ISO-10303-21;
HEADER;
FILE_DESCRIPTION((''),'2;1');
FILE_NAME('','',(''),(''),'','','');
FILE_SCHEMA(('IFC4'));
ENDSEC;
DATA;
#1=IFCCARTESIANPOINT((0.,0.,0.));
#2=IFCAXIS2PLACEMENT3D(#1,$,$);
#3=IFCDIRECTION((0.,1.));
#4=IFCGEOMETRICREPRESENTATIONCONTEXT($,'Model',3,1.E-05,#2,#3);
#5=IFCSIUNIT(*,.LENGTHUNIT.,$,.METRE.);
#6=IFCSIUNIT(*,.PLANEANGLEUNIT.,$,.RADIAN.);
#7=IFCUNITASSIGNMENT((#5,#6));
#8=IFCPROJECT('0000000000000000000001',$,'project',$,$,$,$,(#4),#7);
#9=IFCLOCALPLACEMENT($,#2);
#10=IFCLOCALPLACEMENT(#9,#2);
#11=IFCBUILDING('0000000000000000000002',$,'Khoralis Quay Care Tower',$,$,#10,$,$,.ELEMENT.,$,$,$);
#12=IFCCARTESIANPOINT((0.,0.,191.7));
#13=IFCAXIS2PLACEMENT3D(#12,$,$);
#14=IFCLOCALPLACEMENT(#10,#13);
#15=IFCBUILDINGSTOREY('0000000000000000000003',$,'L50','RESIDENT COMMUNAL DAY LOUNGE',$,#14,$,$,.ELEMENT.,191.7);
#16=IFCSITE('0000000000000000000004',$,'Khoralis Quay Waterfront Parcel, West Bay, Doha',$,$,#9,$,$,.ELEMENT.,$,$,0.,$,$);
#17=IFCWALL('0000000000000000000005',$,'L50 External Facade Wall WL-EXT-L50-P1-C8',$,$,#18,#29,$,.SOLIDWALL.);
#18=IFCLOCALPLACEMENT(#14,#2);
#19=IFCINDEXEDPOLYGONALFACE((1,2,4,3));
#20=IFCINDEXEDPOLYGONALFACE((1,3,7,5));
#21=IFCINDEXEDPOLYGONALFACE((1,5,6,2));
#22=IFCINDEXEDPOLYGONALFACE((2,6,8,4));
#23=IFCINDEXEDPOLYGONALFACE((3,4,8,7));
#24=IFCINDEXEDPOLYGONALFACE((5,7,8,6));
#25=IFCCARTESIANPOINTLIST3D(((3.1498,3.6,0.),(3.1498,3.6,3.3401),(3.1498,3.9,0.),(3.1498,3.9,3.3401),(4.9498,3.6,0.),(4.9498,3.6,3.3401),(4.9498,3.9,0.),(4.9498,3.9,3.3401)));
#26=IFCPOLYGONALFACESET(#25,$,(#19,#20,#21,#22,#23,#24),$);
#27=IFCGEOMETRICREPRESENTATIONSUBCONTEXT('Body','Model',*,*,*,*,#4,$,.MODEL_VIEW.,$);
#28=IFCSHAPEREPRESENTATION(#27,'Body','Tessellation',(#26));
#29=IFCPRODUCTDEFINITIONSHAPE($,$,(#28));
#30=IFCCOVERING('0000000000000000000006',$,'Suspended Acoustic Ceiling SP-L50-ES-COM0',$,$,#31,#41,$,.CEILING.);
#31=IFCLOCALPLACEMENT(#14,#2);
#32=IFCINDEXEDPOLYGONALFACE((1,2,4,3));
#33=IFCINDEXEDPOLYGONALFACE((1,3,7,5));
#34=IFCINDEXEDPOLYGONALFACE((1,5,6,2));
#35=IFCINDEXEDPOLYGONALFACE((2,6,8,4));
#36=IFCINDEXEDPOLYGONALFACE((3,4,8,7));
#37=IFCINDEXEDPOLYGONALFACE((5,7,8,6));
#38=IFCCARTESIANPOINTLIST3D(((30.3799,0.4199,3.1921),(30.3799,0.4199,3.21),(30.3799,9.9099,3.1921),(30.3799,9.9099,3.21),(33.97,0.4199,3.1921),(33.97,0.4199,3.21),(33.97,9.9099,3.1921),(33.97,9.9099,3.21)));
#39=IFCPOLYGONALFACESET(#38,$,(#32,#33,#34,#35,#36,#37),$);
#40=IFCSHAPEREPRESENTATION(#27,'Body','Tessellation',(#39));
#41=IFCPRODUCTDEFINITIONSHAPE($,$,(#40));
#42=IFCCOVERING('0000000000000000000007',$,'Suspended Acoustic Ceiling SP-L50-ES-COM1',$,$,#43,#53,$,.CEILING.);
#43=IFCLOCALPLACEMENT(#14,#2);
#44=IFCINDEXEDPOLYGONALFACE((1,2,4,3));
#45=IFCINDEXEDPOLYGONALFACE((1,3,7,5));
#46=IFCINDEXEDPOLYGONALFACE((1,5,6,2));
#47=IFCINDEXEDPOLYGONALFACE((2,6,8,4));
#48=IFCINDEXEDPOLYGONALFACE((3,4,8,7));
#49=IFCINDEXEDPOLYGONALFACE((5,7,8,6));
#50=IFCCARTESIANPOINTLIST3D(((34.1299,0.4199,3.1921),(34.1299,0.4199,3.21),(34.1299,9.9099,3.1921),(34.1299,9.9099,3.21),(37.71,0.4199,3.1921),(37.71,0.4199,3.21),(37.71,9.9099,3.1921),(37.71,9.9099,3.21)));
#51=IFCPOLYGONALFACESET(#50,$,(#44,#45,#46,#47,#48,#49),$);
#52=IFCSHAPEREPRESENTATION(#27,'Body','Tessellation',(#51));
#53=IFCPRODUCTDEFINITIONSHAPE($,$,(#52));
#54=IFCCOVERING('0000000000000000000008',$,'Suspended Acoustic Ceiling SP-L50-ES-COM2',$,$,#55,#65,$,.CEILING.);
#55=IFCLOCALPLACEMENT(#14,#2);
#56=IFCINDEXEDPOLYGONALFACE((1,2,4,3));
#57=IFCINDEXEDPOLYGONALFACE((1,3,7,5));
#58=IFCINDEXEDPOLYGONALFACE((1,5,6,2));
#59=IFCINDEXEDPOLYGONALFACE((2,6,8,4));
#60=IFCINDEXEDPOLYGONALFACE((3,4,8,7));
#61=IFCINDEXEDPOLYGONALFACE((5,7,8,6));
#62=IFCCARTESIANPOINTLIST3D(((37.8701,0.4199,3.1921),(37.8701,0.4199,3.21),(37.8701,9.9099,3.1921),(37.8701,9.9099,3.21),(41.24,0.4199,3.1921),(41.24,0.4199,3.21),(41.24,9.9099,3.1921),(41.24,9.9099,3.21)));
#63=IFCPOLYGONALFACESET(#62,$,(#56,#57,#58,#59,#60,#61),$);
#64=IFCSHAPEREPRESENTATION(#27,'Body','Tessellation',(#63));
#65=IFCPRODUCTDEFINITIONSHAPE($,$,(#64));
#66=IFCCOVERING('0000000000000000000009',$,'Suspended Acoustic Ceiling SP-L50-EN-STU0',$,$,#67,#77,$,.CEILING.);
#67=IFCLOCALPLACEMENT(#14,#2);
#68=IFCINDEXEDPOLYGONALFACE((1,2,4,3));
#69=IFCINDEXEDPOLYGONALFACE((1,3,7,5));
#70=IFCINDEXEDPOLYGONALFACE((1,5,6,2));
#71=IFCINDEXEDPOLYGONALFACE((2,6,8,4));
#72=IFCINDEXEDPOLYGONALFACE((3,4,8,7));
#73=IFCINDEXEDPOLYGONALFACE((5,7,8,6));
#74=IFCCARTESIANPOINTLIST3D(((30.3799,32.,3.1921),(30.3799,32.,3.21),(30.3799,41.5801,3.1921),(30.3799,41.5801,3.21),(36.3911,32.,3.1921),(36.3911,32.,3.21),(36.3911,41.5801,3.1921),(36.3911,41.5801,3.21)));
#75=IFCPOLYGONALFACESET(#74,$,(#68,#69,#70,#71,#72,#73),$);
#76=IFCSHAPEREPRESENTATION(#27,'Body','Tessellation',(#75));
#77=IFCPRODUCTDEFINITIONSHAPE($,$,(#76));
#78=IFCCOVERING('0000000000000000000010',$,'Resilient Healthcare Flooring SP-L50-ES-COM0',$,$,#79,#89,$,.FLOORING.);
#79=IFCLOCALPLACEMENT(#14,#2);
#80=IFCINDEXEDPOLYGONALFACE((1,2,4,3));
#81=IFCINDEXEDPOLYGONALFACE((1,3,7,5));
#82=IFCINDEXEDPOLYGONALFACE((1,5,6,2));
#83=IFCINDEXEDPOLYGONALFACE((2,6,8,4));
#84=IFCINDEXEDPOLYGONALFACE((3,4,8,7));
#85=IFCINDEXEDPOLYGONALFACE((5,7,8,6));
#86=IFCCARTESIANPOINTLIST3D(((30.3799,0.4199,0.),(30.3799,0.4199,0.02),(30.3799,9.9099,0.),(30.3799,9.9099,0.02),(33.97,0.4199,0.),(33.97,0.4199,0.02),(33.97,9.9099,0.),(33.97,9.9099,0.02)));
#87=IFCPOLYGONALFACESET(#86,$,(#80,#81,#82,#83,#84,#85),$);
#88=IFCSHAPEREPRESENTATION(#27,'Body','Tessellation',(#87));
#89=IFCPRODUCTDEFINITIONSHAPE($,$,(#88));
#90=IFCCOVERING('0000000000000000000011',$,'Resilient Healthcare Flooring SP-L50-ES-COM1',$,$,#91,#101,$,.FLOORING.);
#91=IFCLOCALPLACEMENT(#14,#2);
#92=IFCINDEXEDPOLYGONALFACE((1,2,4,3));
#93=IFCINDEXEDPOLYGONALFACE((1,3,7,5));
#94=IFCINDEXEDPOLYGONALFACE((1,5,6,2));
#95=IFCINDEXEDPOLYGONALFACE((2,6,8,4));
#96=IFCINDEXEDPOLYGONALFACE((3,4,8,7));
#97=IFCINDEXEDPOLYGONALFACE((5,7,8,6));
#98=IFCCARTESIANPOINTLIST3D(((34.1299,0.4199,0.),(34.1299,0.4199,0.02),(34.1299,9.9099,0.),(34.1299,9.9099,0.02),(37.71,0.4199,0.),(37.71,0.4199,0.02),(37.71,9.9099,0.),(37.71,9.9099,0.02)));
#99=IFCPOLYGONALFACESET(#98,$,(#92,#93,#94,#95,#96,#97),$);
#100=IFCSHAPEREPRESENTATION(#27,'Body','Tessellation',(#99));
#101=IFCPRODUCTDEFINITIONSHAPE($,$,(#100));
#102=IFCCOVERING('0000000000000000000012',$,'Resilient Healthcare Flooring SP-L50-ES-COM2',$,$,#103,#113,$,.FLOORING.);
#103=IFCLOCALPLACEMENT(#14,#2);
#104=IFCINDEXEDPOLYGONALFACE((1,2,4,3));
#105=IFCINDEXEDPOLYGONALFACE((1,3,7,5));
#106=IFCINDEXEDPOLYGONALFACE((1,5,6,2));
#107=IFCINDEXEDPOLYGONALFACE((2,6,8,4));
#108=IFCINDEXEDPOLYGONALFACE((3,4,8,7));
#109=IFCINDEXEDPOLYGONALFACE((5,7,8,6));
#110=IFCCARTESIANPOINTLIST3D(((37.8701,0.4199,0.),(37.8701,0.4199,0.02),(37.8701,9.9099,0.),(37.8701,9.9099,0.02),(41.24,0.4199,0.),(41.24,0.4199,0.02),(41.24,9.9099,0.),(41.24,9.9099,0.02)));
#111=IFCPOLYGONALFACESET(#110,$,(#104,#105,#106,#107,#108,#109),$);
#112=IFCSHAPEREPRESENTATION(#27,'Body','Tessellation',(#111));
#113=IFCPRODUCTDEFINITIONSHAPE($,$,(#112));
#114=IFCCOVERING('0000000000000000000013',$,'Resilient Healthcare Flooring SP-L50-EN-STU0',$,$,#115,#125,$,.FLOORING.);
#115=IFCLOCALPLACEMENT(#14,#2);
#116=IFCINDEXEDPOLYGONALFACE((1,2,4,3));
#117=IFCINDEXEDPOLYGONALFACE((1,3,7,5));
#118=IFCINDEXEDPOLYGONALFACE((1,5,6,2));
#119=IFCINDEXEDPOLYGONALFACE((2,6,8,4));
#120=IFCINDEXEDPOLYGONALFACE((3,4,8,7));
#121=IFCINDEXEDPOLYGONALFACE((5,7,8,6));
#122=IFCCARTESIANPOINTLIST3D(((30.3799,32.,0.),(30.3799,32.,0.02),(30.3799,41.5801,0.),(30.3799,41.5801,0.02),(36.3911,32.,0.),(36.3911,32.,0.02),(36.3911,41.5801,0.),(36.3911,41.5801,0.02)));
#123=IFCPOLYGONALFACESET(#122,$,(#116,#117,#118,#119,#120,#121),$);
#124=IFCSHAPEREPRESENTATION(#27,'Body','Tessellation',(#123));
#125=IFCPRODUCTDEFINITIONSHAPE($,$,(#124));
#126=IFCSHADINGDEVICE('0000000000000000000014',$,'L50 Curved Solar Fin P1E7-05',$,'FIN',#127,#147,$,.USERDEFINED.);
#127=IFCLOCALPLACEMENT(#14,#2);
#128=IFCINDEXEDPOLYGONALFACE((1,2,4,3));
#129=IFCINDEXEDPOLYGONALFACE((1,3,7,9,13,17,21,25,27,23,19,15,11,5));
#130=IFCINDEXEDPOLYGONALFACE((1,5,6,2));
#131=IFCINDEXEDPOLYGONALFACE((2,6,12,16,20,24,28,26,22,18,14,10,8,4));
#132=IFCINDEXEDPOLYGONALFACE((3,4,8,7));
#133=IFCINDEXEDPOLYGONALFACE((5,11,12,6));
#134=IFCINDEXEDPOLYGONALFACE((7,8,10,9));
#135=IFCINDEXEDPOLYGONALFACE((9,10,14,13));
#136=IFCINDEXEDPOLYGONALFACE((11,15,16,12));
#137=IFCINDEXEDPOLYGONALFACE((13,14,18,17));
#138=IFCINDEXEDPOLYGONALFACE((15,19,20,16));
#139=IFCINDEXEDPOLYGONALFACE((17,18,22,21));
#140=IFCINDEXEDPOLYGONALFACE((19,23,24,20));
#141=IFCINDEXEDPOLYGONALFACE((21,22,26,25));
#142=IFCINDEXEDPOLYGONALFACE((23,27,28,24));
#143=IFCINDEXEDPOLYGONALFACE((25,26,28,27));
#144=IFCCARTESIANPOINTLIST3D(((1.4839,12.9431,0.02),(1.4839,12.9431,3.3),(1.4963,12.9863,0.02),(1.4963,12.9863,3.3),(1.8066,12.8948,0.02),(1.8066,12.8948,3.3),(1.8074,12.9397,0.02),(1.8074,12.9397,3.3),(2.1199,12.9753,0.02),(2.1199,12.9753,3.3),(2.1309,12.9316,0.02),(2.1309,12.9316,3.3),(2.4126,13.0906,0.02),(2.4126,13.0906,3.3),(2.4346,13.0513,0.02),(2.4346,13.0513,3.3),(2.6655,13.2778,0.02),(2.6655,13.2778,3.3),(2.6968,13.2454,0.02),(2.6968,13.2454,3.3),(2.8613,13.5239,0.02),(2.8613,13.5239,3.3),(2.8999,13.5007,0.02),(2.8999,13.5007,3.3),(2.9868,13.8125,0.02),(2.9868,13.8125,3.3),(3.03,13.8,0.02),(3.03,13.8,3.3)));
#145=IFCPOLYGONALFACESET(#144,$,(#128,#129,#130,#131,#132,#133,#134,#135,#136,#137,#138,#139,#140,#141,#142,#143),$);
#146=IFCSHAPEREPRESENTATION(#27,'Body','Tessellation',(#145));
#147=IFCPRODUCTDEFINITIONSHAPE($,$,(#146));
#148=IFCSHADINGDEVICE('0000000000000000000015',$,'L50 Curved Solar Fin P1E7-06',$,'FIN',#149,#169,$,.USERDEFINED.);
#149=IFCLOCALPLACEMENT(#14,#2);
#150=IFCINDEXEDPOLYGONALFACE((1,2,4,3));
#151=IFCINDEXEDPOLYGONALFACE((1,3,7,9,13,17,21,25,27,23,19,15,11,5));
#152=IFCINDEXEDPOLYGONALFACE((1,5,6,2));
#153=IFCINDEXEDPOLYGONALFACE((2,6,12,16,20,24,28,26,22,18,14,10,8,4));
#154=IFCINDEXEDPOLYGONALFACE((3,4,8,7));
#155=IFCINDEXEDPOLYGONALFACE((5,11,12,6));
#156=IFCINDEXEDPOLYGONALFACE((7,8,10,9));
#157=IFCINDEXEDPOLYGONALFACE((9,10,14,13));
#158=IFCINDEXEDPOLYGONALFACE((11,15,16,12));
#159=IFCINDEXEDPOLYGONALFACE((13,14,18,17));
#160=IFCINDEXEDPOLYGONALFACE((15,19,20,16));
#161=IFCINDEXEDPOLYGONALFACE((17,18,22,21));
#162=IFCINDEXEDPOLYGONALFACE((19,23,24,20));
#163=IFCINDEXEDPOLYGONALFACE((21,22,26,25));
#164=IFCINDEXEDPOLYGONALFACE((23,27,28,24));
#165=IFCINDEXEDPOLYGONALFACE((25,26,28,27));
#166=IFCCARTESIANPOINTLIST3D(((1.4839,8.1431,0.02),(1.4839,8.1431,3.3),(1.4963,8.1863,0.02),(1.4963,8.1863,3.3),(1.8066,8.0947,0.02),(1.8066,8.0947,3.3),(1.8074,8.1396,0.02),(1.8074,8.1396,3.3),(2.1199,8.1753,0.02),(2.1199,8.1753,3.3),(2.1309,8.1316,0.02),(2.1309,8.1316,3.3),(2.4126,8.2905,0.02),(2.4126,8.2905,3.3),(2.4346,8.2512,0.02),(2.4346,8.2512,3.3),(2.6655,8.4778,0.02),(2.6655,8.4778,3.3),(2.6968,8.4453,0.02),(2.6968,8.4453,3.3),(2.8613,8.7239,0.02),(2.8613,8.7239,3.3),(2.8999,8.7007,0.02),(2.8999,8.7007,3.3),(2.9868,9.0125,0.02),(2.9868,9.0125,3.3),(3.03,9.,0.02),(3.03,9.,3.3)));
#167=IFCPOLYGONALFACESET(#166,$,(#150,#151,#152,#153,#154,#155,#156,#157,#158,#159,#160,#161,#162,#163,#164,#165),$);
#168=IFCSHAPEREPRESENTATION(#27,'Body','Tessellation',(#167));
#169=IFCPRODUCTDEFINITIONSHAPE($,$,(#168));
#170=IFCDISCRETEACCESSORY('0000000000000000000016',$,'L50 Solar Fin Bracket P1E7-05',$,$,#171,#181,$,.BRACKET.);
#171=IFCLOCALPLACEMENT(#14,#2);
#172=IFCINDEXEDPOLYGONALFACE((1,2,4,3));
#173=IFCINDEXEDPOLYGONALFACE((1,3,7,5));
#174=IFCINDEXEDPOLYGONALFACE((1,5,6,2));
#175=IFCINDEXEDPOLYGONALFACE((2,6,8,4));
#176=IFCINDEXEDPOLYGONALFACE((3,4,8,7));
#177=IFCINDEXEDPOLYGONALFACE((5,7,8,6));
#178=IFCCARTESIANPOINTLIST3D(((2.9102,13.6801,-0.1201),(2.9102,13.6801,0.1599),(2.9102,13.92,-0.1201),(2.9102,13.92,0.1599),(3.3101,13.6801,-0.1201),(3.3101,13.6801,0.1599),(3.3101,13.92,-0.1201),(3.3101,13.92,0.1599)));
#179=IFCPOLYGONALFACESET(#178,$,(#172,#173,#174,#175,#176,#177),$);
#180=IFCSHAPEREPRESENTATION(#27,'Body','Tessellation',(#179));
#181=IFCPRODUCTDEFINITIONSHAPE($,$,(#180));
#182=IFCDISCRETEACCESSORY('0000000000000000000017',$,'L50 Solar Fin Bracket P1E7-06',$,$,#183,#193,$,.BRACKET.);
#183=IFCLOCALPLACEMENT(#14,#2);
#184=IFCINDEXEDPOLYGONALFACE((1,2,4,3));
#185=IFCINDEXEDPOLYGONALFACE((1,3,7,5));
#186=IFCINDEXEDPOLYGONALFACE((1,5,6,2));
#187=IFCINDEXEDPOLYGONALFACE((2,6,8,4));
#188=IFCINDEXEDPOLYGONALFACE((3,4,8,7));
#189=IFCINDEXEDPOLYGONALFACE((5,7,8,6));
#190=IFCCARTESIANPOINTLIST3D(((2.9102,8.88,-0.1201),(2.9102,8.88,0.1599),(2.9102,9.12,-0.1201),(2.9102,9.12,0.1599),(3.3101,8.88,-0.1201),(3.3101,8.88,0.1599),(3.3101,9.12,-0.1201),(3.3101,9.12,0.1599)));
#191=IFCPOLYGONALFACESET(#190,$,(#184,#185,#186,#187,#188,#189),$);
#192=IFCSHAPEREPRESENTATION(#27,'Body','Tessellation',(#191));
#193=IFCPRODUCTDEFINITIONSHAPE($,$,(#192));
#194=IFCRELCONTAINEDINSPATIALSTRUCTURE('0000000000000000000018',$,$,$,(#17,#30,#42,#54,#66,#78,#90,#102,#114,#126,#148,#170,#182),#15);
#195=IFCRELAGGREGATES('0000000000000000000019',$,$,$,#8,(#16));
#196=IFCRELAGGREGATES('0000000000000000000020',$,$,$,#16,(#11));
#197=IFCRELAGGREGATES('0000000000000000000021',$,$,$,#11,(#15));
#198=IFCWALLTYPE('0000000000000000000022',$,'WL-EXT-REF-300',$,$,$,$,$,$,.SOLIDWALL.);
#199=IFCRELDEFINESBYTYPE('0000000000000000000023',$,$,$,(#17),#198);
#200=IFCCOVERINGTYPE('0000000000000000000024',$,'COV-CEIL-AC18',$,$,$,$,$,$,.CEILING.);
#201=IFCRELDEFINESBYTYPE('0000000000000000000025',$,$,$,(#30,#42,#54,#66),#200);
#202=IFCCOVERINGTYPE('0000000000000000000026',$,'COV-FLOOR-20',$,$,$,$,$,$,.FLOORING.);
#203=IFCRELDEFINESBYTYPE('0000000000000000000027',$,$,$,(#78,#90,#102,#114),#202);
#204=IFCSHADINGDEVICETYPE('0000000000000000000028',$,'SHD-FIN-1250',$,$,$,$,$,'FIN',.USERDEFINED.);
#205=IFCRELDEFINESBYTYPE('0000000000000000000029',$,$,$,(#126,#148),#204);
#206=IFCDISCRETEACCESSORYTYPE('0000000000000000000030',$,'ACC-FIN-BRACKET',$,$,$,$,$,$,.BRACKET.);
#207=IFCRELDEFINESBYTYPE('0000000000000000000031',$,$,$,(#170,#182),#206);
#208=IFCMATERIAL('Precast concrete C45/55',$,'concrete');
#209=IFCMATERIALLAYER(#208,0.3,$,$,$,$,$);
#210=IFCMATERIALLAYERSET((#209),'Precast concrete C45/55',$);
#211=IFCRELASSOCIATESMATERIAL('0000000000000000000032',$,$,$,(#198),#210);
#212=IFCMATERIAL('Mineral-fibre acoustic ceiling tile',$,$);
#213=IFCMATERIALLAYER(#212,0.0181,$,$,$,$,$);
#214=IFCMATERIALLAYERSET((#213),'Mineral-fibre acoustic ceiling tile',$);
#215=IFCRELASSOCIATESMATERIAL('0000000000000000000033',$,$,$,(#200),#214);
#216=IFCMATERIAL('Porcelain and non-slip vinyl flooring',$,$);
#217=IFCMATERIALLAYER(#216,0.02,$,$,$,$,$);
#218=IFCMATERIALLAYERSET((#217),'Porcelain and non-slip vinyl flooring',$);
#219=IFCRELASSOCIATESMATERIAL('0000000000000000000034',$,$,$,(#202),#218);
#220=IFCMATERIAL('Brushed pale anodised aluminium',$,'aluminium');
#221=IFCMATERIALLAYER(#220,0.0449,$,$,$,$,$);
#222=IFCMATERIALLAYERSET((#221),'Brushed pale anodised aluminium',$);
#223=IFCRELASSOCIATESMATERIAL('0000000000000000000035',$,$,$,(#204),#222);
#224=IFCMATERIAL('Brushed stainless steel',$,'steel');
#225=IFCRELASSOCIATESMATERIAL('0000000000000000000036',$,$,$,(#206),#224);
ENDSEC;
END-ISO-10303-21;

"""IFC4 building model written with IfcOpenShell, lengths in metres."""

from ifc_helpers import new_model, si_unit, direction, frame, frame_2d, origin, origin_2d, place, context, subcontext, project, spatial, polyline, rectangle, outline, extrude, source, transform, mapped, material, layer, layer_set, type_object, element, save


model = new_model("IFC4")

# Units and contexts
model_context = context("Model", 3, precision=1e-05, world=origin(), true_north=direction((0.0, 1.0)))
body_context = subcontext(model_context, "Body", "Model", "MODEL_VIEW")
ifc_project = project(units=[si_unit("LENGTHUNIT", "METRE"), si_unit("PLANEANGLEUNIT", "RADIAN")], contexts=[model_context])

# Site, building, storey
site_placement = place(None, origin())
site = spatial("IfcSite", under=ifc_project, at=site_placement, Name="Khoralis Quay Waterfront Parcel, West Bay, Doha", CompositionType="ELEMENT", RefElevation=0.0)
building_placement = place(site_placement, origin())
building = spatial("IfcBuilding", under=site, at=building_placement, Name="Khoralis Quay Care Tower", CompositionType="ELEMENT")
storey_placement = place(building_placement, frame((0.0, 0.0, 191.7)))
storey = spatial("IfcBuildingStorey", under=building, at=storey_placement, Name="L50", Description="RESIDENT COMMUNAL DAY LOUNGE", CompositionType="ELEMENT", Elevation=191.7)

# Wall
ifc_material_1 = material(Name="Precast concrete C45/55", Category="concrete")
ifc_layer_1 = layer(ifc_material_1, 0.3)
ifc_layer_set_1 = layer_set([ifc_layer_1], Name="Precast concrete C45/55")
wall_type_1 = type_object("IfcWallType", Name="WL-EXT-REF-300", PredefinedType="SOLIDWALL", material=ifc_layer_set_1)
wall_1_placement = place(storey_placement, frame((3.1499, 3.75, 0.0), z_axis=(0.0, 0.0, 1.0), x_axis=(1.0, 0.0, 0.0)))
element("IfcWall", 1, at=wall_1_placement, inside=storey, type_object=wall_type_1, Name="L50 External Facade Wall WL-EXT-L50-P1-C8", PredefinedType="SOLIDWALL", context=body_context, shape_type="SweptSolid", body=[
    extrude(rectangle(XDim=1.8, YDim=0.3, at=frame_2d((0.8999, 0.0))), origin(), (0.0, 0.0, 1.0), 3.3401),
])

# Coverings
ifc_material_2 = material(Name="Mineral-fibre acoustic ceiling tile")
ifc_layer_2 = layer(ifc_material_2, 0.0181)
ifc_layer_set_2 = layer_set([ifc_layer_2], Name="Mineral-fibre acoustic ceiling tile")
covering_type_1 = type_object("IfcCoveringType", Name="COV-CEIL-AC18", PredefinedType="CEILING", material=ifc_layer_set_2)
covering_1_placement = place(storey_placement, frame((0.0, 0.0, 3.1921)))
element("IfcCovering", 2, at=covering_1_placement, inside=storey, type_object=covering_type_1, Name="Suspended Acoustic Ceiling SP-L50-ES-COM0", PredefinedType="CEILING", context=body_context, shape_type="SweptSolid", body=[
    extrude(outline(polyline([(30.3799, 0.4199), (33.97, 0.4199), (33.97, 9.9099), (30.3799, 9.9099), (30.3799, 0.4199)])), origin(), (0.0, 0.0, 1.0), 0.0178),
])
covering_2_placement = place(storey_placement, frame((0.0, 0.0, 3.1921)))
element("IfcCovering", 3, at=covering_2_placement, inside=storey, type_object=covering_type_1, Name="Suspended Acoustic Ceiling SP-L50-ES-COM1", PredefinedType="CEILING", context=body_context, shape_type="SweptSolid", body=[
    extrude(outline(polyline([(34.1299, 0.4199), (37.71, 0.4199), (37.71, 9.9099), (34.1299, 9.9099), (34.1299, 0.4199)])), origin(), (0.0, 0.0, 1.0), 0.0178),
])
covering_3_placement = place(storey_placement, frame((0.0, 0.0, 3.1921)))
element("IfcCovering", 4, at=covering_3_placement, inside=storey, type_object=covering_type_1, Name="Suspended Acoustic Ceiling SP-L50-ES-COM2", PredefinedType="CEILING", context=body_context, shape_type="SweptSolid", body=[
    extrude(outline(polyline([(37.8701, 0.4199), (41.24, 0.4199), (41.24, 9.9099), (37.8701, 9.9099), (37.8701, 0.4199)])), origin(), (0.0, 0.0, 1.0), 0.0178),
])
covering_4_placement = place(storey_placement, frame((0.0, 0.0, 3.1921)))
element("IfcCovering", 5, at=covering_4_placement, inside=storey, type_object=covering_type_1, Name="Suspended Acoustic Ceiling SP-L50-EN-STU0", PredefinedType="CEILING", context=body_context, shape_type="SweptSolid", body=[
    extrude(outline(polyline([(30.3799, 32.0), (36.3911, 32.0), (36.3911, 41.5801), (30.3799, 41.5801), (30.3799, 32.0)])), origin(), (0.0, 0.0, 1.0), 0.0178),
])
ifc_material_3 = material(Name="Porcelain and non-slip vinyl flooring")
ifc_layer_3 = layer(ifc_material_3, 0.02)
ifc_layer_set_3 = layer_set([ifc_layer_3], Name="Porcelain and non-slip vinyl flooring")
covering_type_2 = type_object("IfcCoveringType", Name="COV-FLOOR-20", PredefinedType="FLOORING", material=ifc_layer_set_3)
covering_5_placement = place(storey_placement, origin())
element("IfcCovering", 6, at=covering_5_placement, inside=storey, type_object=covering_type_2, Name="Resilient Healthcare Flooring SP-L50-ES-COM0", PredefinedType="FLOORING", context=body_context, shape_type="SweptSolid", body=[
    extrude(outline(polyline([(30.3799, 0.4199), (33.97, 0.4199), (33.97, 9.9099), (30.3799, 9.9099), (30.3799, 0.4199)])), origin(), (0.0, 0.0, 1.0), 0.02),
])
covering_6_placement = place(storey_placement, origin())
element("IfcCovering", 7, at=covering_6_placement, inside=storey, type_object=covering_type_2, Name="Resilient Healthcare Flooring SP-L50-ES-COM1", PredefinedType="FLOORING", context=body_context, shape_type="SweptSolid", body=[
    extrude(outline(polyline([(34.1299, 0.4199), (37.71, 0.4199), (37.71, 9.9099), (34.1299, 9.9099), (34.1299, 0.4199)])), origin(), (0.0, 0.0, 1.0), 0.02),
])
covering_7_placement = place(storey_placement, origin())
element("IfcCovering", 8, at=covering_7_placement, inside=storey, type_object=covering_type_2, Name="Resilient Healthcare Flooring SP-L50-ES-COM2", PredefinedType="FLOORING", context=body_context, shape_type="SweptSolid", body=[
    extrude(outline(polyline([(37.8701, 0.4199), (41.24, 0.4199), (41.24, 9.9099), (37.8701, 9.9099), (37.8701, 0.4199)])), origin(), (0.0, 0.0, 1.0), 0.02),
])
covering_8_placement = place(storey_placement, origin())
element("IfcCovering", 9, at=covering_8_placement, inside=storey, type_object=covering_type_2, Name="Resilient Healthcare Flooring SP-L50-EN-STU0", PredefinedType="FLOORING", context=body_context, shape_type="SweptSolid", body=[
    extrude(outline(polyline([(30.3799, 32.0), (36.3911, 32.0), (36.3911, 41.5801), (30.3799, 41.5801), (30.3799, 32.0)])), origin(), (0.0, 0.0, 1.0), 0.02),
])

# Shading devices
ifc_material_4 = material(Name="Brushed pale anodised aluminium", Category="aluminium")
ifc_layer_4 = layer(ifc_material_4, 0.0449)
ifc_layer_set_4 = layer_set([ifc_layer_4], Name="Brushed pale anodised aluminium")
shading_device_type = type_object("IfcShadingDeviceType", Name="SHD-FIN-1250", ElementType="FIN", PredefinedType="USERDEFINED", material=ifc_layer_set_4)
shared_shape_1 = source(origin(), body_context, "Body", "SweptSolid", [
    extrude(outline(polyline([(0.0, 0.0), (0.1301, 0.2993), (0.3333, 0.5547), (0.5955, 0.7488), (0.8992, 0.8684), (1.2234, 0.9053), (1.5461, 0.8569), (1.5337, 0.8137), (1.2227, 0.8604), (0.9102, 0.8247), (0.6174, 0.7095), (0.3645, 0.5222), (0.1687, 0.2761), (0.0432, -0.0125), (0.0, 0.0)])), origin(), (0.0, 0.0, 1.0), 3.28),
])
for number, where, z_axis, x_axis, name in (
    (10, (3.03, 13.8, 0.02), (0.0, 0.0, 1.0), (-1.0, 0.0, 0.0), "L50 Curved Solar Fin P1E7-05"),
    (11, (3.03, 9.0, 0.02), (0.0, 0.0, 1.0), (-1.0, 0.0, 0.0), "L50 Curved Solar Fin P1E7-06"),
):
    element("IfcShadingDevice", number, at=place(storey_placement, frame(where, z_axis=z_axis, x_axis=x_axis)), inside=storey, type_object=shading_device_type, Name=name, ObjectType="FIN", PredefinedType="USERDEFINED", context=body_context, shape_type="MappedRepresentation", body=[
        mapped(shared_shape_1, transform((0.0, 0.0, 0.0), scale=1.0)),
    ])

# Discrete accessories
ifc_material_5 = material(Name="Brushed stainless steel", Category="steel")
discrete_accessory_type = type_object("IfcDiscreteAccessoryType", Name="ACC-FIN-BRACKET", PredefinedType="BRACKET", material=ifc_material_5)
shared_shape_2 = source(origin(), body_context, "Body", "SweptSolid", [
    extrude(rectangle(XDim=0.3999, YDim=0.24, at=origin_2d()), origin(), (0.0, 0.0, 1.0), 0.28),
])
for number, where, z_axis, x_axis, name in (
    (12, (3.1101, 13.8, -0.1201), (0.0, 0.0, 1.0), (-1.0, 0.0, 0.0), "L50 Solar Fin Bracket P1E7-05"),
    (13, (3.1101, 9.0, -0.1201), (0.0, 0.0, 1.0), (-1.0, 0.0, 0.0), "L50 Solar Fin Bracket P1E7-06"),
):
    element("IfcDiscreteAccessory", number, at=place(storey_placement, frame(where, z_axis=z_axis, x_axis=x_axis)), inside=storey, type_object=discrete_accessory_type, Name=name, PredefinedType="BRACKET", context=body_context, shape_type="MappedRepresentation", body=[
        mapped(shared_shape_2, transform((0.0, 0.0, 0.0), scale=1.0)),
    ])

save(model, "model.ifc")
